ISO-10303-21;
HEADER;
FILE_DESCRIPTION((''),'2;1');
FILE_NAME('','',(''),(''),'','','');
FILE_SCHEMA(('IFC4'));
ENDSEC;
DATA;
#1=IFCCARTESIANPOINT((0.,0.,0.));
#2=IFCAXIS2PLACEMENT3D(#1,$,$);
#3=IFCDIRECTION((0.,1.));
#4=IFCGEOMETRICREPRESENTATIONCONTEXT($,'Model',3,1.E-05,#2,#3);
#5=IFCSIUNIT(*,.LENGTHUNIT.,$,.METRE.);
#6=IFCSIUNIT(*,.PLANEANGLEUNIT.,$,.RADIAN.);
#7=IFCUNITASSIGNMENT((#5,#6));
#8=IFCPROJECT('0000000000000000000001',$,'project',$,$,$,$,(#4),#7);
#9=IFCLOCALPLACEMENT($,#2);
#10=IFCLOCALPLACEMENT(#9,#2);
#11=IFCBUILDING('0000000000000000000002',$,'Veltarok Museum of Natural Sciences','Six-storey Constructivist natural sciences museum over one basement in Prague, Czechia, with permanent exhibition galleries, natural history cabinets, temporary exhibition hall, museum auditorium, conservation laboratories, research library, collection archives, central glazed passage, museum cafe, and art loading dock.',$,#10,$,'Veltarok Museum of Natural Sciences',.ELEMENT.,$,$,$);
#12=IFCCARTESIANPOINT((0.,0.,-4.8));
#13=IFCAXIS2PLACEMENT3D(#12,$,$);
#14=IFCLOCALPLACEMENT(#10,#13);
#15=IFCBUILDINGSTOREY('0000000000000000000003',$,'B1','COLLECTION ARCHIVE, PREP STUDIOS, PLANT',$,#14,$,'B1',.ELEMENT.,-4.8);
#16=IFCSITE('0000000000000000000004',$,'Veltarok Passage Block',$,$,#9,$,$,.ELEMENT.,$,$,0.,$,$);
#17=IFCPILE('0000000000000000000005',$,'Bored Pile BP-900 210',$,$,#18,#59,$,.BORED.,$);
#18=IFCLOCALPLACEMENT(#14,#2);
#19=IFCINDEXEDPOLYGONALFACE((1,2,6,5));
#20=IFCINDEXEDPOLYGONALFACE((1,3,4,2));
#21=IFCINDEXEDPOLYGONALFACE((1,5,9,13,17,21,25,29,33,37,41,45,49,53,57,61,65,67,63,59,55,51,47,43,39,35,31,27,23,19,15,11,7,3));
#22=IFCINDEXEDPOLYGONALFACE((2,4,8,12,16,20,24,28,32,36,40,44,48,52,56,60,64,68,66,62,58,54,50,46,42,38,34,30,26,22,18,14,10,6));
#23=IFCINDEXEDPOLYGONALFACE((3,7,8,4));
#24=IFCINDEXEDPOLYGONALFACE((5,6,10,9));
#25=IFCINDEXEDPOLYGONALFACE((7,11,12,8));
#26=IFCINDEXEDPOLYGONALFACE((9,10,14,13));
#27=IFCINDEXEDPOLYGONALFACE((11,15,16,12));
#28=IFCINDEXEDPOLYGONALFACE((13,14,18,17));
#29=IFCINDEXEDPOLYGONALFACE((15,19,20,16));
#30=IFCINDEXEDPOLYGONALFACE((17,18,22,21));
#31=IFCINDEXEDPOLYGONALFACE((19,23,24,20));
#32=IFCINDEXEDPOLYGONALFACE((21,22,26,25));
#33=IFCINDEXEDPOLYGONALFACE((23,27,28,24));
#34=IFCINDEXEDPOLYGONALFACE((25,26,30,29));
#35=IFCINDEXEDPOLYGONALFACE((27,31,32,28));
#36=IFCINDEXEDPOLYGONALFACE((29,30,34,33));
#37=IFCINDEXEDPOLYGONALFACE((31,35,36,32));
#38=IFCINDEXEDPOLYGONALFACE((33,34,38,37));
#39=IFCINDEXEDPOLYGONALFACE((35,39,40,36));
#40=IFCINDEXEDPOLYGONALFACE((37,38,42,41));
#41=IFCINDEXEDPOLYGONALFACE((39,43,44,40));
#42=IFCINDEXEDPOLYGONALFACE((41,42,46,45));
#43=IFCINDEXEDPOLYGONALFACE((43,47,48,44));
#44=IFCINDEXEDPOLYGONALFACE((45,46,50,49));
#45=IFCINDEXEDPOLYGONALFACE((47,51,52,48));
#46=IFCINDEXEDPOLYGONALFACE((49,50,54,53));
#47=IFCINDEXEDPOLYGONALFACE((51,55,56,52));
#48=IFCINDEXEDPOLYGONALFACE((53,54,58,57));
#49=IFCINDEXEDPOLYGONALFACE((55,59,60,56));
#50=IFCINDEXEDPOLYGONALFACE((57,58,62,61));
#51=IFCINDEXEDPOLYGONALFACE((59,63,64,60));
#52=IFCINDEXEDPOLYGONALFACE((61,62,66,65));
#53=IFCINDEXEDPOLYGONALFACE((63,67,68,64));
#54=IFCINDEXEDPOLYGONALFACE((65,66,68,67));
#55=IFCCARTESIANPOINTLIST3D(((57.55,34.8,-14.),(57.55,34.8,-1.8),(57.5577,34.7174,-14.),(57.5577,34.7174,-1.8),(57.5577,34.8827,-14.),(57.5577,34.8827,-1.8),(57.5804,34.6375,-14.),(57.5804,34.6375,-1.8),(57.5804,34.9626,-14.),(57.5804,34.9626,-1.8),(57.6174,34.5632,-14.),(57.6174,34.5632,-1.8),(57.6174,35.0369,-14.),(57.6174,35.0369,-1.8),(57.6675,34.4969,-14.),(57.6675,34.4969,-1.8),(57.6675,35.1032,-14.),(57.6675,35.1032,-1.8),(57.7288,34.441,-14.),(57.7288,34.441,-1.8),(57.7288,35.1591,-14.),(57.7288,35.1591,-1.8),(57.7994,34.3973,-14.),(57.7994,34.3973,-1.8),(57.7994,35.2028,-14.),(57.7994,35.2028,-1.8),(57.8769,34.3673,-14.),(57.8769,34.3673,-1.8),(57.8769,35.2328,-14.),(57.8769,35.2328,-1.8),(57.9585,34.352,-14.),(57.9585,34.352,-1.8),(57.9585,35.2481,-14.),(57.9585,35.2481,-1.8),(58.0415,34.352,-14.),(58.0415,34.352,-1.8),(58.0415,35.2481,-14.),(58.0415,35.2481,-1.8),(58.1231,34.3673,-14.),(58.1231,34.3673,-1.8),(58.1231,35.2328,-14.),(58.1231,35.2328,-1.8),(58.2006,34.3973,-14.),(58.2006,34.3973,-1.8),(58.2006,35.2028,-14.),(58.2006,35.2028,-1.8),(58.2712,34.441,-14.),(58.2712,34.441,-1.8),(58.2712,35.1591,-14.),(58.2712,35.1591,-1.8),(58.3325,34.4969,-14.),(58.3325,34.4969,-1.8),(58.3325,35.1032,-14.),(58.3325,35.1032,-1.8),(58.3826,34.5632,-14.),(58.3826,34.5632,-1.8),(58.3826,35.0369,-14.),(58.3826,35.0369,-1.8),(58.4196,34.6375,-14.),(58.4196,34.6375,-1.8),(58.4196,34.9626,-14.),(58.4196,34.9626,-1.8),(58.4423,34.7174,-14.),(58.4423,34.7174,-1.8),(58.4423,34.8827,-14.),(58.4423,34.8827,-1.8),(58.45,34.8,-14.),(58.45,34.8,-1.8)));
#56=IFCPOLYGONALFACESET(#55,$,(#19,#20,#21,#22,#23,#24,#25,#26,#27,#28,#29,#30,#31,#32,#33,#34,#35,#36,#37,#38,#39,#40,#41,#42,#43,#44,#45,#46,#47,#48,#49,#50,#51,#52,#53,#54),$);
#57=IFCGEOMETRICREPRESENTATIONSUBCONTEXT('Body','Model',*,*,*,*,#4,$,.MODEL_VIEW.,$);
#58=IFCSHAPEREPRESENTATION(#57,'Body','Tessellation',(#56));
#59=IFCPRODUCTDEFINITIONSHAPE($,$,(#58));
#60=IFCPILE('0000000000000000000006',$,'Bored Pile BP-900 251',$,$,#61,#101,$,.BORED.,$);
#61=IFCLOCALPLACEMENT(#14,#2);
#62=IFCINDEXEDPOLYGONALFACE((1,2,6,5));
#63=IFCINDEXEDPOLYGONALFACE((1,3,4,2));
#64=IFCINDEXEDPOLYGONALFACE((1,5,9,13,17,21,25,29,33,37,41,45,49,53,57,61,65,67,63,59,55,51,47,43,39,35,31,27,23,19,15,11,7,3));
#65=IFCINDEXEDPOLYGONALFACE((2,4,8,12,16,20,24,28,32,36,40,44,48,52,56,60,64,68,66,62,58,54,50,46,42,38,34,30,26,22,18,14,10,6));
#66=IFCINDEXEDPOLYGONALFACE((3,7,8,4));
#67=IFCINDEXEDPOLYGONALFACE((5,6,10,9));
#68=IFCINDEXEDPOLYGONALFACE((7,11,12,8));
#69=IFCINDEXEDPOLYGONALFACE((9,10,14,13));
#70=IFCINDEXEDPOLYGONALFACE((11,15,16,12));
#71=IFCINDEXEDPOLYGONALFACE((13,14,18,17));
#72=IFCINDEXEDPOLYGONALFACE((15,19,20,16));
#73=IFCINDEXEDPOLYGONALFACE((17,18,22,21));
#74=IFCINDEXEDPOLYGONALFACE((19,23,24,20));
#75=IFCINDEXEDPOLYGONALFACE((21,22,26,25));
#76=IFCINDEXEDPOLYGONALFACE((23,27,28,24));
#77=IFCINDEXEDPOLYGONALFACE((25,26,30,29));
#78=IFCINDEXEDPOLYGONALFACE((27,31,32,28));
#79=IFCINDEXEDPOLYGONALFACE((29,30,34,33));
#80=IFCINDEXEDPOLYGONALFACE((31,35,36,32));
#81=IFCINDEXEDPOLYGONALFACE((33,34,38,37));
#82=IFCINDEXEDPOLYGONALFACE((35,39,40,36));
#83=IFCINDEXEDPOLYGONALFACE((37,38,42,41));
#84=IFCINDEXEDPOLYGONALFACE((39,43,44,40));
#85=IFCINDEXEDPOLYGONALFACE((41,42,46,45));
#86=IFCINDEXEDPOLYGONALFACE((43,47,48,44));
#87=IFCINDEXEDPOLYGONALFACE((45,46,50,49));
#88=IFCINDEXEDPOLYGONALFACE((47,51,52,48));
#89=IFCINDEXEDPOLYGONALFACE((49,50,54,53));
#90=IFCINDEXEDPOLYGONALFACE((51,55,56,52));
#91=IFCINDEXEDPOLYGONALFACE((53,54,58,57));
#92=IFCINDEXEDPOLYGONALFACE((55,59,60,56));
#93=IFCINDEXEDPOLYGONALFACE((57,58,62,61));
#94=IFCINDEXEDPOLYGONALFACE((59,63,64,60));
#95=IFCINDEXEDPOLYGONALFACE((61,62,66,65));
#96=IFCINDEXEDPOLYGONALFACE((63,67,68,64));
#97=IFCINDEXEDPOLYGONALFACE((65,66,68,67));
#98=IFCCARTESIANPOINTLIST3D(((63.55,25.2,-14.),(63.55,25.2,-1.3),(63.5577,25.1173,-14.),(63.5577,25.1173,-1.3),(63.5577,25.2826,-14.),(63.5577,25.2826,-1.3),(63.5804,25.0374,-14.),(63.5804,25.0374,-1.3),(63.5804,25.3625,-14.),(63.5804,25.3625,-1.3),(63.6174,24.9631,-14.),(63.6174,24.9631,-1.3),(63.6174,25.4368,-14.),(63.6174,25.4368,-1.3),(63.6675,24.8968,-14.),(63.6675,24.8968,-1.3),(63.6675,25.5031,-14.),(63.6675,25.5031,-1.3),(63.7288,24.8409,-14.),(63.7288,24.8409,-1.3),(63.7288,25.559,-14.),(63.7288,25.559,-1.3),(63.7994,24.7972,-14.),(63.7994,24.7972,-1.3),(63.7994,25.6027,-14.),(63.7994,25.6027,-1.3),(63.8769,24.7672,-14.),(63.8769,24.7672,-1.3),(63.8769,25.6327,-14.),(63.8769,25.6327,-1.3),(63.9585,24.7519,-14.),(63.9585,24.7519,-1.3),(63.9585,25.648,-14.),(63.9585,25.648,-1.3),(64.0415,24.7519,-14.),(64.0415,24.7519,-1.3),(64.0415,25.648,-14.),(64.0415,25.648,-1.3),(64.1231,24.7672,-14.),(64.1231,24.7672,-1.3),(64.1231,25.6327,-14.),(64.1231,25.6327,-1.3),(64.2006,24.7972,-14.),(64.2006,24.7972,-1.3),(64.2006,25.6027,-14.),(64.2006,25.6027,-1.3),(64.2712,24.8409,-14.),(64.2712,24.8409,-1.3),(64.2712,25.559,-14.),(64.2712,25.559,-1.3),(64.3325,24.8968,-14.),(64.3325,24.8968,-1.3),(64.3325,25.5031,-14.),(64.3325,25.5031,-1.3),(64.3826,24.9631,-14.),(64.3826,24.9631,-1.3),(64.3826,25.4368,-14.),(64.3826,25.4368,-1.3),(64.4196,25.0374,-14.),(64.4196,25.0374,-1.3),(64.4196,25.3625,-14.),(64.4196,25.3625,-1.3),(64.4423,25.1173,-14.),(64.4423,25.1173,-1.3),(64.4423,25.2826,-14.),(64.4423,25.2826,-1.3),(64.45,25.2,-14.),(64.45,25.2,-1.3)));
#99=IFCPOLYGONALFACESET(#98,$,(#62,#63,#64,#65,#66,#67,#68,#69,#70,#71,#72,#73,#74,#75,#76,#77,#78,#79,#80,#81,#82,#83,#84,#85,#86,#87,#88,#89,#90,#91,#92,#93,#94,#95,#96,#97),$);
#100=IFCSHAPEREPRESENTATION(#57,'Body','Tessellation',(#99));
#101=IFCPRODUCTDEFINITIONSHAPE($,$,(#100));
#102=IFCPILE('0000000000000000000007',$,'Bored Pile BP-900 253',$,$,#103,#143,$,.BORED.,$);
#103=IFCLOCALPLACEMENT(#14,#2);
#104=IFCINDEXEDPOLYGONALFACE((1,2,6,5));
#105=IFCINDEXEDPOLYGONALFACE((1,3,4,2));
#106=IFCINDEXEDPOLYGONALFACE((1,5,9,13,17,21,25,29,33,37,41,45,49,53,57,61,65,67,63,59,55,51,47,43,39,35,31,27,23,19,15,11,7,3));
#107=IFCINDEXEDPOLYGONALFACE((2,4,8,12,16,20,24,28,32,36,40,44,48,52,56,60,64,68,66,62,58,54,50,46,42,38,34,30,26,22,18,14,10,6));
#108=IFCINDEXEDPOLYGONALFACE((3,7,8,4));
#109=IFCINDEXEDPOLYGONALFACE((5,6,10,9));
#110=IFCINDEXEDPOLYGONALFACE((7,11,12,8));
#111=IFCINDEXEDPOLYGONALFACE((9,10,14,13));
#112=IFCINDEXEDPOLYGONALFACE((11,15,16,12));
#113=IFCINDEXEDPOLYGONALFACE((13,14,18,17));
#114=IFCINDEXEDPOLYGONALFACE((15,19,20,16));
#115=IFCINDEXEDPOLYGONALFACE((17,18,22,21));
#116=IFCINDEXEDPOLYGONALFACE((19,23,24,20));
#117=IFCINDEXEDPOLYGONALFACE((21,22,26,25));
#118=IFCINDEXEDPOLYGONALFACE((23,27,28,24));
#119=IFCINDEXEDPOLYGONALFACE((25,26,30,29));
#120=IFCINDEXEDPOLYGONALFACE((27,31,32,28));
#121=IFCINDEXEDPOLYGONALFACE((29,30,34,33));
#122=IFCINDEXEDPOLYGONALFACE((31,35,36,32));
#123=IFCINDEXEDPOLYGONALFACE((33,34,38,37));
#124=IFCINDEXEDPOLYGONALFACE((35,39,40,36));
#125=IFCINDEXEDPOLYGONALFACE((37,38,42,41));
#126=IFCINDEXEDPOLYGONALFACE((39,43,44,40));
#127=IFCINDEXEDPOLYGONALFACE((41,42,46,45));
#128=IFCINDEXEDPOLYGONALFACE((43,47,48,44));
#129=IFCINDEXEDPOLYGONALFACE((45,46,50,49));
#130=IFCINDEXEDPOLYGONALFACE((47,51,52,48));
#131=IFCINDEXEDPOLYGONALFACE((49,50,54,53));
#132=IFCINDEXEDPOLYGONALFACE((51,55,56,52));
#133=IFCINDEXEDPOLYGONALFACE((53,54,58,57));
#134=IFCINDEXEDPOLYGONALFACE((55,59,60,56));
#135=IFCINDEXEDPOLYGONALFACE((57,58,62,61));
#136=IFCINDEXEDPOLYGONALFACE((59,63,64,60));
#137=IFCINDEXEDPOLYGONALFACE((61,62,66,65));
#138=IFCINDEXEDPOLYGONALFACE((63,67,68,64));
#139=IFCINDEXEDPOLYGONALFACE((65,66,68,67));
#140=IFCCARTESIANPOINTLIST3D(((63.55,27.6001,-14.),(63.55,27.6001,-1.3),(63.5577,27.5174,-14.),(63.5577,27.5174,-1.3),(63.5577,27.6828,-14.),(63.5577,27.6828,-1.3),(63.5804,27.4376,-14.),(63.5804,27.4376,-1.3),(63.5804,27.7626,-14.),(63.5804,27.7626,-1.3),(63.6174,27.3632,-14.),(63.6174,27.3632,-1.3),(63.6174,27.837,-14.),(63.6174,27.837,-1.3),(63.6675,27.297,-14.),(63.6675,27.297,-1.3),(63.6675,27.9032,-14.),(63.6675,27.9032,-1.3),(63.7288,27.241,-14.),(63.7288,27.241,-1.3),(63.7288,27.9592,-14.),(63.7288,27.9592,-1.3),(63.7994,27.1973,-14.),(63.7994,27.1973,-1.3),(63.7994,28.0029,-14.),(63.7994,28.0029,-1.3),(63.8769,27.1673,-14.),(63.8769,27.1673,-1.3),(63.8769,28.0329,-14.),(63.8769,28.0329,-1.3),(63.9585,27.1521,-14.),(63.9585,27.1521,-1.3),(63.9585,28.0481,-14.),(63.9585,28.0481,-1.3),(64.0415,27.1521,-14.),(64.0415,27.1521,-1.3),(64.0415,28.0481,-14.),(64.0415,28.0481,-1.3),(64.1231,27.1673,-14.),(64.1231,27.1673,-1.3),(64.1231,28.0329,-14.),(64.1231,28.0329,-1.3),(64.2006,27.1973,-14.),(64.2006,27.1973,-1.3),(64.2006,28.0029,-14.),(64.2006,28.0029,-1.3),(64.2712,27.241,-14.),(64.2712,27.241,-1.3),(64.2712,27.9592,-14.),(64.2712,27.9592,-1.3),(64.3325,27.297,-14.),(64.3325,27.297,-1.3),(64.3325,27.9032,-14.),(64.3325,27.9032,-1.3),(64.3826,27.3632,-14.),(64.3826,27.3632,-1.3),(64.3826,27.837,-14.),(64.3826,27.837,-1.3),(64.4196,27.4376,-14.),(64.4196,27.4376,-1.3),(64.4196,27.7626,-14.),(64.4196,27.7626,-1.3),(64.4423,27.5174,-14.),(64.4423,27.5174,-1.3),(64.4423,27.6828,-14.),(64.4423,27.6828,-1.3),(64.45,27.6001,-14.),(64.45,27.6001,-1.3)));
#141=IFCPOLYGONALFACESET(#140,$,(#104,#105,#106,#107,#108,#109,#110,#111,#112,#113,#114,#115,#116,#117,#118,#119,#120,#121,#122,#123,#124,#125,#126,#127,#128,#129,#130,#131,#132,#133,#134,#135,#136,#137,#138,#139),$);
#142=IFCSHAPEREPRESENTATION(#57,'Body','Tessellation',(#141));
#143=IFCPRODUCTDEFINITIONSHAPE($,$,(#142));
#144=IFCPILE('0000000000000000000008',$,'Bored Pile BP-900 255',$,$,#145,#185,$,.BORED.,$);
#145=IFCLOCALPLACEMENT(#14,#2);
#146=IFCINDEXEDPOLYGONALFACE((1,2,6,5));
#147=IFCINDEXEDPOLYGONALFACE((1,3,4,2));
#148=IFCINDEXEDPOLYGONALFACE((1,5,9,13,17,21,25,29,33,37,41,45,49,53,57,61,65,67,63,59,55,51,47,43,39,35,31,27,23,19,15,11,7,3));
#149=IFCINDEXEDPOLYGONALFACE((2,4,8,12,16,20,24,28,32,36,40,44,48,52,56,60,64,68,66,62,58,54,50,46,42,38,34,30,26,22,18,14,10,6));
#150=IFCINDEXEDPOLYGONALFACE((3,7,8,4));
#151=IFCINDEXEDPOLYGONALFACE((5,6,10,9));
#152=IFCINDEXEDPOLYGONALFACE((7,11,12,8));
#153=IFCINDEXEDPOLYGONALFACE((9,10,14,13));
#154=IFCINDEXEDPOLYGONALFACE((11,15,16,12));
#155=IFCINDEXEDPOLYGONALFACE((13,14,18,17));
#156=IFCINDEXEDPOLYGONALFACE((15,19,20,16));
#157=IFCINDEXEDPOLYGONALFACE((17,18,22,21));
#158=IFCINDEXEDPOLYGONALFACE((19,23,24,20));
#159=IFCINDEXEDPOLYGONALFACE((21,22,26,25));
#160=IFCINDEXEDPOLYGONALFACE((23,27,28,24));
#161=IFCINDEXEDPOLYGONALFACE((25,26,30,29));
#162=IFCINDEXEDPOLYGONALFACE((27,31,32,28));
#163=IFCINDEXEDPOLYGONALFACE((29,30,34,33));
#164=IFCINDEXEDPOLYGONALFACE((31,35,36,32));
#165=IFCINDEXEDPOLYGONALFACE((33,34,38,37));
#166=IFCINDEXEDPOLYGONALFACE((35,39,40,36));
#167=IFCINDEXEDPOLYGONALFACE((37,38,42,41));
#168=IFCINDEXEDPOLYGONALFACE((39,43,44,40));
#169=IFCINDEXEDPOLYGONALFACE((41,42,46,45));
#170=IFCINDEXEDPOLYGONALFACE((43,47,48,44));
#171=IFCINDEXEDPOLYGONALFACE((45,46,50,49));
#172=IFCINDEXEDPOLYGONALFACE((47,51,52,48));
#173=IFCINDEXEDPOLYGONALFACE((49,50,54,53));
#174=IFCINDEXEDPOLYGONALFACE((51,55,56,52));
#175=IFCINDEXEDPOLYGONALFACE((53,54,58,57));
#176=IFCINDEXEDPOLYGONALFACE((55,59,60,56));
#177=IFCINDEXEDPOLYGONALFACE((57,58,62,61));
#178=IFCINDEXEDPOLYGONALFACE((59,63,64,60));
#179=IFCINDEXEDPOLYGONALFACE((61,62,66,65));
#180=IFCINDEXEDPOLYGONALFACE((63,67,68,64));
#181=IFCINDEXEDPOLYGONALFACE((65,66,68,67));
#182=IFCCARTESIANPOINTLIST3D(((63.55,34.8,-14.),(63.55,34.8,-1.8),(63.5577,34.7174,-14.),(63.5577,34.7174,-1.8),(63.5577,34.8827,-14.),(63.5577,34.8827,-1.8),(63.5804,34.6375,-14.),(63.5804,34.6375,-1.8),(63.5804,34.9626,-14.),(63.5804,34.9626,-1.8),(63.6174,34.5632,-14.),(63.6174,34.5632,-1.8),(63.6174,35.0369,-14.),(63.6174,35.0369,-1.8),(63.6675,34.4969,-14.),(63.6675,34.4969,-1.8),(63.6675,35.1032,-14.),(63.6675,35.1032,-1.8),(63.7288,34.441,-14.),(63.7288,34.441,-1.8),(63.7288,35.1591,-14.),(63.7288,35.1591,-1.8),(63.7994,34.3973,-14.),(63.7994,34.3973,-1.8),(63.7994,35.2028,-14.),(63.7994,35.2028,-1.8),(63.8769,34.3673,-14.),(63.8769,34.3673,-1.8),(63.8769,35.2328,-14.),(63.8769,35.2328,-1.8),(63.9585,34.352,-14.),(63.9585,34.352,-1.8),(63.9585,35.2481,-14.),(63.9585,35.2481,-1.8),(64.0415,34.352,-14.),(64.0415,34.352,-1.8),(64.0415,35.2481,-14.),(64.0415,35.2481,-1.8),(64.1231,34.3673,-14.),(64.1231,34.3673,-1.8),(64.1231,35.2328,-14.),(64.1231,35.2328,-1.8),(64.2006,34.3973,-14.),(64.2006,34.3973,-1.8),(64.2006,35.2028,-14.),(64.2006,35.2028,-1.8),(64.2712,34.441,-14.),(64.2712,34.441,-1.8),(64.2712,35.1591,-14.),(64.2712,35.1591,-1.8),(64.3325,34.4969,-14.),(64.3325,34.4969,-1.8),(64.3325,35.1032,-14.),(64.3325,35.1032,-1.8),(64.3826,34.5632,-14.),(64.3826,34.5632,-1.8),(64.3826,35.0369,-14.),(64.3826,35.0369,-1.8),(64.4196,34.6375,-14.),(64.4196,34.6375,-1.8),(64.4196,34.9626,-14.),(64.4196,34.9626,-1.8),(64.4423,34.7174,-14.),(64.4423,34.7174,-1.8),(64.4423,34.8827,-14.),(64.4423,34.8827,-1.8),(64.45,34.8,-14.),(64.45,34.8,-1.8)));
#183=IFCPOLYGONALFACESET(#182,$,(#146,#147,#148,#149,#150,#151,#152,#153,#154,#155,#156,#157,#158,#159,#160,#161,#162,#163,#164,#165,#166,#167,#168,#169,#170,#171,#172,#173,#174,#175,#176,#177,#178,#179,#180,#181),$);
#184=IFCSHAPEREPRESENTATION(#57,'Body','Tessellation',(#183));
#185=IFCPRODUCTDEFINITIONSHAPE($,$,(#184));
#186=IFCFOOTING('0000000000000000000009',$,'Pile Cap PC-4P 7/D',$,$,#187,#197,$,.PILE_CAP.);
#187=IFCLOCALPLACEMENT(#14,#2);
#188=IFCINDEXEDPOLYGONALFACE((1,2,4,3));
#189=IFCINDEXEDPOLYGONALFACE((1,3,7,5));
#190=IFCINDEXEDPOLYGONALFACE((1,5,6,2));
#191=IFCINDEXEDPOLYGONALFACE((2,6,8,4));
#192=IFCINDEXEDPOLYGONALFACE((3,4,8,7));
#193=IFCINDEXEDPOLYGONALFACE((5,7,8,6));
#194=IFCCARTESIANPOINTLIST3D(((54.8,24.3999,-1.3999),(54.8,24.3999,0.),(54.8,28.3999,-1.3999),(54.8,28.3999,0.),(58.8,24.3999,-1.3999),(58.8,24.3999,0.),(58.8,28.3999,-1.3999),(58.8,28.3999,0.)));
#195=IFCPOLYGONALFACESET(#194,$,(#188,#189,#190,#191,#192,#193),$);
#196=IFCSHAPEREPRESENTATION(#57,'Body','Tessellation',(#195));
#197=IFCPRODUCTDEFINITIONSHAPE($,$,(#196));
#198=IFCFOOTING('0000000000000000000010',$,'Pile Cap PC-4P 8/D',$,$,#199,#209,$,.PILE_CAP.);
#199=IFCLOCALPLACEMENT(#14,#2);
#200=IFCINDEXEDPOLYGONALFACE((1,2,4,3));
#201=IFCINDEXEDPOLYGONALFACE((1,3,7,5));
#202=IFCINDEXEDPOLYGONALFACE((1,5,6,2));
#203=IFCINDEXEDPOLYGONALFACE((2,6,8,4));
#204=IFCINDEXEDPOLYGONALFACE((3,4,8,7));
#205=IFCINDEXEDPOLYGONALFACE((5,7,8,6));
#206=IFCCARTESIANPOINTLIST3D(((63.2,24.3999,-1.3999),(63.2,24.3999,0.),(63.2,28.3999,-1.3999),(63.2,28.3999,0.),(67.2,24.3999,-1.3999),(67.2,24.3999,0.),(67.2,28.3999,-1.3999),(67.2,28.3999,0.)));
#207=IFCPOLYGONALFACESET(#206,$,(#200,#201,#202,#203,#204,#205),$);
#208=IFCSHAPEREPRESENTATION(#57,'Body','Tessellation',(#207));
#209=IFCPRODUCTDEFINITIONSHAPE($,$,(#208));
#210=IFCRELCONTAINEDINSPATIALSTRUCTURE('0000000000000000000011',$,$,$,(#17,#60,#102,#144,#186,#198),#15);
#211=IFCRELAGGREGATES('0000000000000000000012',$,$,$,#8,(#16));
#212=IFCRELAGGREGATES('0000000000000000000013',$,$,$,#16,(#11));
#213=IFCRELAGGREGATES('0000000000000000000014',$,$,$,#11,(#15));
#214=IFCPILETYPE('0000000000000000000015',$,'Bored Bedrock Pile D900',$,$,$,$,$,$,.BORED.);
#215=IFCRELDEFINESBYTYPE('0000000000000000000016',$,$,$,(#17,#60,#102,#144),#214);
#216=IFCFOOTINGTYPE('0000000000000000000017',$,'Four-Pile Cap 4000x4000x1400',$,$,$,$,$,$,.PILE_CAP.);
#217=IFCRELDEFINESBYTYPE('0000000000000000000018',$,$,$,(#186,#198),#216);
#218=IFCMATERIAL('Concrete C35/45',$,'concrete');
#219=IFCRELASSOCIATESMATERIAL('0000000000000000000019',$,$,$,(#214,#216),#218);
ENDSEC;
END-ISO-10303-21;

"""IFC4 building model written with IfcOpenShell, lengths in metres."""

from ifc_helpers import new_model, si_unit, direction, frame, origin, origin_2d, place, context, subcontext, project, spatial, rectangle, circle, extrude, material, material_profile, profile_set, type_object, element, save


model = new_model("IFC4")

# Units and contexts
model_context = context("Model", 3, precision=1e-05, world=origin(), true_north=direction((0.0, 1.0)))
body_context = subcontext(model_context, "Body", "Model", "MODEL_VIEW")
ifc_project = project(units=[si_unit("LENGTHUNIT", "METRE"), si_unit("PLANEANGLEUNIT", "RADIAN")], contexts=[model_context])

# Site, building, storey
site_placement = place(None, origin())
site = spatial("IfcSite", under=ifc_project, at=site_placement, Name="Veltarok Passage Block", CompositionType="ELEMENT", RefElevation=0.0)
building_placement = place(site_placement, origin())
building = spatial("IfcBuilding", under=site, at=building_placement, Name="Veltarok Museum of Natural Sciences", Description="Six-storey Constructivist natural sciences museum over one basement in Prague, Czechia, with permanent exhibition galleries, natural history cabinets, temporary exhibition hall, museum auditorium, conservation laboratories, research library, collection archives, central glazed passage, museum cafe, and art loading dock.", LongName="Veltarok Museum of Natural Sciences", CompositionType="ELEMENT")
storey_placement = place(building_placement, frame((0.0, 0.0, -4.8)))
storey = spatial("IfcBuildingStorey", under=building, at=storey_placement, Name="B1", Description="COLLECTION ARCHIVE, PREP STUDIOS, PLANT", LongName="B1", CompositionType="ELEMENT", Elevation=-4.8)

# Piles
ifc_material_1 = material(Name="Concrete C35/45", Category="concrete")
ifc_material_profile_1 = material_profile(ifc_material_1, circle(Radius=0.45, at=origin_2d()), Name="BP D900")
ifc_profile_set_1 = profile_set([ifc_material_profile_1], Name="Concrete C35/45")
pile_type_1 = type_object("IfcPileType", Name="Bored Bedrock Pile D900", PredefinedType="BORED", material=ifc_profile_set_1)
pile_1_placement = place(storey_placement, frame((58.0, 34.8, -1.8), z_axis=(0.0, 0.0, -1.0), x_axis=(1.0, 0.0, 0.0)))
element("IfcPile", 1, at=pile_1_placement, inside=storey, type_object=pile_type_1, Name="Bored Pile BP-900 210", PredefinedType="BORED", context=body_context, shape_type="SweptSolid", body=[
    extrude(circle(Radius=0.45, at=origin_2d()), origin(), (0.0, 0.0, 1.0), 12.2),
])
for number, where, z_axis, x_axis, name in (
    (2, (64.0, 25.2, -1.3), (0.0, 0.0, -1.0), (1.0, 0.0, 0.0), "Bored Pile BP-900 251"),
    (3, (64.0, 27.6001, -1.3), (0.0, 0.0, -1.0), (1.0, 0.0, 0.0), "Bored Pile BP-900 253"),
):
    element("IfcPile", number, at=place(storey_placement, frame(where, z_axis=z_axis, x_axis=x_axis)), inside=storey, type_object=pile_type_1, Name=name, PredefinedType="BORED", context=body_context, shape_type="SweptSolid", body=[
        extrude(circle(Radius=0.45, at=origin_2d()), origin(), (0.0, 0.0, 1.0), 12.7),
    ])
pile_2_placement = place(storey_placement, frame((64.0, 34.8, -1.8), z_axis=(0.0, 0.0, -1.0), x_axis=(1.0, 0.0, 0.0)))
element("IfcPile", 4, at=pile_2_placement, inside=storey, type_object=pile_type_1, Name="Bored Pile BP-900 255", PredefinedType="BORED", context=body_context, shape_type="SweptSolid", body=[
    extrude(circle(Radius=0.45, at=origin_2d()), origin(), (0.0, 0.0, 1.0), 12.2),
])

# Footings
footing_type_1 = type_object("IfcFootingType", Name="Four-Pile Cap 4000x4000x1400", PredefinedType="PILE_CAP", material=ifc_material_1)
for number, where, z_axis, x_axis, name in (
    (5, (56.8, 26.3999, -1.3999), (0.0, 0.0, 1.0), (1.0, 0.0, 0.0), "Pile Cap PC-4P 7/D"),
    (6, (65.2, 26.3999, -1.3999), (0.0, 0.0, 1.0), (1.0, 0.0, 0.0), "Pile Cap PC-4P 8/D"),
):
    element("IfcFooting", number, at=place(storey_placement, frame(where, z_axis=z_axis, x_axis=x_axis)), inside=storey, type_object=footing_type_1, Name=name, PredefinedType="PILE_CAP", context=body_context, shape_type="SweptSolid", body=[
        extrude(rectangle(XDim=4.0, YDim=4.0, at=origin_2d()), origin(), (0.0, 0.0, 1.0), 1.3999),
    ])

save(model, "model.ifc")
